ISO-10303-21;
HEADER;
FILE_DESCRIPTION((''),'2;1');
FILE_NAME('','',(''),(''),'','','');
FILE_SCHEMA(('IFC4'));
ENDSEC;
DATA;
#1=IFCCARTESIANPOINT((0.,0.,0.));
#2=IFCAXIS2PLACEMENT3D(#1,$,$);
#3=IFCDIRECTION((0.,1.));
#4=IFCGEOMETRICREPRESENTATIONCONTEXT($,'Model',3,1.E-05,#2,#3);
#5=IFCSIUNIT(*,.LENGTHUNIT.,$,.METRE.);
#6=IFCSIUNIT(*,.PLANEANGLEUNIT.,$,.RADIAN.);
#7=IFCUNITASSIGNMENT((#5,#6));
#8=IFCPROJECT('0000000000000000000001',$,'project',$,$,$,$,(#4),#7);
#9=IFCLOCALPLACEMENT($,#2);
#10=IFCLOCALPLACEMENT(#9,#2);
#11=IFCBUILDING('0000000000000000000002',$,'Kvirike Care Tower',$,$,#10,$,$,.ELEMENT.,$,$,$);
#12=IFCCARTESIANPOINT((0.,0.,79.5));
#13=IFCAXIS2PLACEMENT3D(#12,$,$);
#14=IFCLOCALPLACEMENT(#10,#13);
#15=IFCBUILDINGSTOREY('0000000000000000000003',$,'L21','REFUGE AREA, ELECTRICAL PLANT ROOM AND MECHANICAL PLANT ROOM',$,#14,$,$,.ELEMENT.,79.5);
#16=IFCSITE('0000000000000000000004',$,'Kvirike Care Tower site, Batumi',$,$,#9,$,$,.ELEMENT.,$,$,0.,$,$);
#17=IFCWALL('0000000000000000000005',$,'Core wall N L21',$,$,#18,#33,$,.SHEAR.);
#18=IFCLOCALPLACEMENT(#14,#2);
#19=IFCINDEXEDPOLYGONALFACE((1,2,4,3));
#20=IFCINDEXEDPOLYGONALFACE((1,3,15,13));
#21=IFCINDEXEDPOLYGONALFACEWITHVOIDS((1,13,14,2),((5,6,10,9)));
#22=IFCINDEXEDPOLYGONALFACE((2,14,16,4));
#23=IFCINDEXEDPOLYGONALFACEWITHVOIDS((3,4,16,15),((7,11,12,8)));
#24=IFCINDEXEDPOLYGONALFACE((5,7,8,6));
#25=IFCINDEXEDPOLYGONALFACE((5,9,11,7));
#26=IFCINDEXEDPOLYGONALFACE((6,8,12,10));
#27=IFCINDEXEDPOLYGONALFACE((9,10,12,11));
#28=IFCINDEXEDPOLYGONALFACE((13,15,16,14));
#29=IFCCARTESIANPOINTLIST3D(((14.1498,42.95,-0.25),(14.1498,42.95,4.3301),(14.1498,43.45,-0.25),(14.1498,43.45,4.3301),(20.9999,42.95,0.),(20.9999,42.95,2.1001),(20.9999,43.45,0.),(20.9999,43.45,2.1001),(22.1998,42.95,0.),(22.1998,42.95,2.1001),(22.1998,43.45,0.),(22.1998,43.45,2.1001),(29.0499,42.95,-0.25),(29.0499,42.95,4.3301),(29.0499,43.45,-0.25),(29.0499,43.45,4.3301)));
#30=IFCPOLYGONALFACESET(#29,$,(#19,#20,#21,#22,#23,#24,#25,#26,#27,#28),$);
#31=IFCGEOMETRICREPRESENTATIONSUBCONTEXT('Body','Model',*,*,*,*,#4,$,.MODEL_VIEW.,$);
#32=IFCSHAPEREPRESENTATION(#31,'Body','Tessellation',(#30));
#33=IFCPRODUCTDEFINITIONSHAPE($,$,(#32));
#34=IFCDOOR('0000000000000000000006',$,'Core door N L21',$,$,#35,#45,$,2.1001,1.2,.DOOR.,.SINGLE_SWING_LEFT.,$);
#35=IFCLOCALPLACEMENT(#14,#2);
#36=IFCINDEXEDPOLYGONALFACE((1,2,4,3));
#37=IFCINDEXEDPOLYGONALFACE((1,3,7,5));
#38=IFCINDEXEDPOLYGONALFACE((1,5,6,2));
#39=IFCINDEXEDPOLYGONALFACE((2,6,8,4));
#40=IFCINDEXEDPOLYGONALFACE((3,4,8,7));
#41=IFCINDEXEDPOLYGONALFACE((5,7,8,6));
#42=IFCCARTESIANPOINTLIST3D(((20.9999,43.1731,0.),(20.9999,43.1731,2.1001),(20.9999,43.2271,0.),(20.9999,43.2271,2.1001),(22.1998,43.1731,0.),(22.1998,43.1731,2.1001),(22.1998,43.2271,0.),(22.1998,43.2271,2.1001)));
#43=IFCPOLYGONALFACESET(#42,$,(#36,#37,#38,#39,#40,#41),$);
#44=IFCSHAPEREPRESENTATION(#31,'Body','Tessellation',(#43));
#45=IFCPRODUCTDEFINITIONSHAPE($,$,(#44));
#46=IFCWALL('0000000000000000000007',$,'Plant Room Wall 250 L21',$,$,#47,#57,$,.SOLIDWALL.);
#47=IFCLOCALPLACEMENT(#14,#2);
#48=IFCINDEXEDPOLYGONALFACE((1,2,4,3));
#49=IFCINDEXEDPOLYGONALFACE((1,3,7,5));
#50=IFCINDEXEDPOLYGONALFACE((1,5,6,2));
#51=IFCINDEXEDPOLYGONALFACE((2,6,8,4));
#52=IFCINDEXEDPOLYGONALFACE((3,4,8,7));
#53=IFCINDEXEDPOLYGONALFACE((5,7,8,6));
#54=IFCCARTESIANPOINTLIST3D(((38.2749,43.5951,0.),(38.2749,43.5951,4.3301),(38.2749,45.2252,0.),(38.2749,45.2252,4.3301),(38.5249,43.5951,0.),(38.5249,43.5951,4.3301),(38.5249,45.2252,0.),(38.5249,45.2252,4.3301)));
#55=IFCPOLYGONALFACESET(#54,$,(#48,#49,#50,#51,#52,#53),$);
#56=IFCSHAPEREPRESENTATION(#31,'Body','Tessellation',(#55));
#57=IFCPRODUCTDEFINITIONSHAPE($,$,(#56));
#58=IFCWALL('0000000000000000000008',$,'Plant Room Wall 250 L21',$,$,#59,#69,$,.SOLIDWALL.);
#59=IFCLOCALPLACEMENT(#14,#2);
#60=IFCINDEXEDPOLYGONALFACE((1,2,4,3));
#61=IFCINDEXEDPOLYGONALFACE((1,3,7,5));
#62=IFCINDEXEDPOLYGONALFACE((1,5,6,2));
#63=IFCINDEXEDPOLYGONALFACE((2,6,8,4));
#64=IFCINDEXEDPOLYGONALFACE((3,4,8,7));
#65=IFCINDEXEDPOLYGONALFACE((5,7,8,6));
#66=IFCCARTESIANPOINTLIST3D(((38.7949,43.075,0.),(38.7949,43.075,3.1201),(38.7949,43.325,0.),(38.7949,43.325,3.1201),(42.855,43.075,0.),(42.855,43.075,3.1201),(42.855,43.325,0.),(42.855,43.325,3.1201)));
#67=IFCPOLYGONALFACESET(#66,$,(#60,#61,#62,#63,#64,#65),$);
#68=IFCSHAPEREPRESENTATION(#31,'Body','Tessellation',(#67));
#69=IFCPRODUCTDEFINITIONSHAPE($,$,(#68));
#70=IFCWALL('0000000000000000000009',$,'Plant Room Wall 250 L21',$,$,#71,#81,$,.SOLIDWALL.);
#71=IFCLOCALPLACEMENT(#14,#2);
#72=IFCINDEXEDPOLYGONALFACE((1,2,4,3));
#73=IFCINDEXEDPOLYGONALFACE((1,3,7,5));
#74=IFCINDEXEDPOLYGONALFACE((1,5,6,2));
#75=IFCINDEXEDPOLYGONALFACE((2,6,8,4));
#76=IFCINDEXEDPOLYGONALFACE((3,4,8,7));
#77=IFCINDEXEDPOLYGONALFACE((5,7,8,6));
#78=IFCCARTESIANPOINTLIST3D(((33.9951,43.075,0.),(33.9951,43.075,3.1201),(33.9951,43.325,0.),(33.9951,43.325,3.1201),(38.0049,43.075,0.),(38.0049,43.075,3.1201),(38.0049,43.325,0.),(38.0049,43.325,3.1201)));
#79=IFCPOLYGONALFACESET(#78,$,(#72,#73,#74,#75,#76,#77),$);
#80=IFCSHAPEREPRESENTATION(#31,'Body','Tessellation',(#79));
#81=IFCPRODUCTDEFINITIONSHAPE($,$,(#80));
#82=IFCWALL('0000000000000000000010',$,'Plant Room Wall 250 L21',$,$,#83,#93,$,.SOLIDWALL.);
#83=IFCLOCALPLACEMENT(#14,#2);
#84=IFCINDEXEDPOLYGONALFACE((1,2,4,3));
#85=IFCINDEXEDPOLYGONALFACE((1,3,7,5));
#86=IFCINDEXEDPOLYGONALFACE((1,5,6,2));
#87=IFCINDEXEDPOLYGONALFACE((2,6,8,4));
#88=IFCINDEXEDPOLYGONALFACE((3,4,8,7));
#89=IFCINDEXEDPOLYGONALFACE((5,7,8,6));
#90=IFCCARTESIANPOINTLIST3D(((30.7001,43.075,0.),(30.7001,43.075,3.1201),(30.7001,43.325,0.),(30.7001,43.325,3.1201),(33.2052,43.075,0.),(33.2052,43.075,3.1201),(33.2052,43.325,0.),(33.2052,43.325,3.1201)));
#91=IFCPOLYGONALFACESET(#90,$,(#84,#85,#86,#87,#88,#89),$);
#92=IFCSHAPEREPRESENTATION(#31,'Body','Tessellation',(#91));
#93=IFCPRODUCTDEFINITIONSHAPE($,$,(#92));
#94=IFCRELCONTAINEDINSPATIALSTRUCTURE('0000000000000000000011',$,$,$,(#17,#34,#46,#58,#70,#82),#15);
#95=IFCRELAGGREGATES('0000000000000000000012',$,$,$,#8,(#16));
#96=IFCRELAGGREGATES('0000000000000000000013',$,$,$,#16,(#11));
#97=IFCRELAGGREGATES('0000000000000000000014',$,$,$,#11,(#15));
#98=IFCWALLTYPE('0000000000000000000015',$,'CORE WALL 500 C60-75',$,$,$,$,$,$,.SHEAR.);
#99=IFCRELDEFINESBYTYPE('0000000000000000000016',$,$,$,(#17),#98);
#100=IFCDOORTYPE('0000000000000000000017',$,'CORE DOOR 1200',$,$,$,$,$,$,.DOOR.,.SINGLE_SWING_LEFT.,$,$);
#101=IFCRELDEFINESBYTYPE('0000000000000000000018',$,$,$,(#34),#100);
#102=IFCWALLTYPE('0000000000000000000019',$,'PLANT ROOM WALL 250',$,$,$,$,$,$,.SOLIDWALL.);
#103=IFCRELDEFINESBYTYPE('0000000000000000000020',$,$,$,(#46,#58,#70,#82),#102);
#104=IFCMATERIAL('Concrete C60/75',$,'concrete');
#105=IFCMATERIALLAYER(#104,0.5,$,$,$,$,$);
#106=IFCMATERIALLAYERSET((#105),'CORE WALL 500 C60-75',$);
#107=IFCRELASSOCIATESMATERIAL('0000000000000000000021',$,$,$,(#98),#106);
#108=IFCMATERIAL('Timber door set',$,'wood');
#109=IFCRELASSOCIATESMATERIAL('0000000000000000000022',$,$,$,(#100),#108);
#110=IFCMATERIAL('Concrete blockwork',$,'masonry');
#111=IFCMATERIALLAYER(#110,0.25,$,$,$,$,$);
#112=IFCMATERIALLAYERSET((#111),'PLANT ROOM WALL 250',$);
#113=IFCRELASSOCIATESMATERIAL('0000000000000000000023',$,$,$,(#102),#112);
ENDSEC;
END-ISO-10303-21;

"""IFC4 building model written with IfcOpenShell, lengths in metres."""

from ifc_helpers import new_model, si_unit, direction, frame, frame_2d, origin, place, context, subcontext, project, spatial, rectangle, extrude, material, layer, layer_set, type_object, element, fill, save


model = new_model("IFC4")

# Units and contexts
model_context = context("Model", 3, precision=1e-05, world=origin(), true_north=direction((0.0, 1.0)))
body_context = subcontext(model_context, "Body", "Model", "MODEL_VIEW")
ifc_project = project(units=[si_unit("LENGTHUNIT", "METRE"), si_unit("PLANEANGLEUNIT", "RADIAN")], contexts=[model_context])

# Site, building, storey
site_placement = place(None, origin())
site = spatial("IfcSite", under=ifc_project, at=site_placement, Name="Kvirike Care Tower site, Batumi", CompositionType="ELEMENT", RefElevation=0.0)
building_placement = place(site_placement, origin())
building = spatial("IfcBuilding", under=site, at=building_placement, Name="Kvirike Care Tower", CompositionType="ELEMENT")
storey_placement = place(building_placement, frame((0.0, 0.0, 79.5)))
storey = spatial("IfcBuildingStorey", under=building, at=storey_placement, Name="L21", Description="REFUGE AREA, ELECTRICAL PLANT ROOM AND MECHANICAL PLANT ROOM", CompositionType="ELEMENT", Elevation=79.5)

# Wall, opening, door
ifc_material_1 = material(Name="Concrete C60/75", Category="concrete")
ifc_layer_1 = layer(ifc_material_1, 0.5)
ifc_layer_set_1 = layer_set([ifc_layer_1], Name="CORE WALL 500 C60-75")
wall_type_1 = type_object("IfcWallType", Name="CORE WALL 500 C60-75", PredefinedType="SHEAR", material=ifc_layer_set_1)
wall_1_placement = place(storey_placement, frame((29.05, 43.2, -0.25), z_axis=(0.0, 0.0, 1.0), x_axis=(-1.0, 0.0, 0.0)))
wall_1 = element("IfcWall", 1, at=wall_1_placement, inside=storey, type_object=wall_type_1, Name="Core wall N L21", PredefinedType="SHEAR", context=body_context, shape_type="SweptSolid", body=[
    extrude(rectangle(XDim=14.9001, YDim=0.5, at=frame_2d((7.4502, 0.0))), origin(), (0.0, 0.0, 1.0), 4.5801),
])
opening_1_placement = place(wall_1_placement, frame((6.8501, 0.0, 0.25)))
opening_1 = element("IfcOpeningElement", 2, at=opening_1_placement, cuts=wall_1, PredefinedType="OPENING", context=body_context, shape_type="SweptSolid", body=[
    extrude(rectangle(XDim=1.2, YDim=2.1001, at=frame_2d((0.6001, 1.05))), frame((0.0, 0.2605, 0.0), z_axis=(0.0, -1.0, 0.0), x_axis=(1.0, 0.0, 0.0)), (0.0, 0.0, 1.0), 0.521),
])
ifc_material_2 = material(Name="Timber door set", Category="wood")
door_type_1 = type_object("IfcDoorType", Name="CORE DOOR 1200", OperationType="SINGLE_SWING_LEFT", PredefinedType="DOOR", material=ifc_material_2)
door_1_placement = place(opening_1_placement, origin())
door_1 = element("IfcDoor", 3, at=door_1_placement, inside=storey, type_object=door_type_1, Name="Core door N L21", OperationType="SINGLE_SWING_LEFT", OverallHeight=2.1001, OverallWidth=1.2, PredefinedType="DOOR", context=body_context, shape_type="SweptSolid", body=[
    extrude(rectangle(XDim=1.2, YDim=2.1001, at=frame_2d((0.6001, 1.05))), frame((0.0, 0.0269, 0.0), z_axis=(0.0, -1.0, 0.0), x_axis=(1.0, 0.0, 0.0)), (0.0, 0.0, 1.0), 0.054),
])
fill(opening_1, door_1)
ifc_material_3 = material(Name="Concrete blockwork", Category="masonry")
ifc_layer_2 = layer(ifc_material_3, 0.25)
ifc_layer_set_2 = layer_set([ifc_layer_2], Name="PLANT ROOM WALL 250")
wall_type_2 = type_object("IfcWallType", Name="PLANT ROOM WALL 250", PredefinedType="SOLIDWALL", material=ifc_layer_set_2)

# Walls
wall_2_placement = place(storey_placement, frame((38.3999, 45.2251, 0.0), z_axis=(0.0, 0.0, 1.0), x_axis=(0.0, -1.0, 0.0)))
element("IfcWall", 4, at=wall_2_placement, inside=storey, type_object=wall_type_2, Name="Plant Room Wall 250 L21", PredefinedType="SOLIDWALL", context=body_context, shape_type="SweptSolid", body=[
    extrude(rectangle(XDim=1.6301, YDim=0.25, at=frame_2d((0.8149, 0.0))), origin(), (0.0, 0.0, 1.0), 4.3301),
])
wall_3_placement = place(storey_placement, frame((42.855, 43.2, 0.0), z_axis=(0.0, 0.0, 1.0), x_axis=(-1.0, 0.0, 0.0)))
element("IfcWall", 5, at=wall_3_placement, inside=storey, type_object=wall_type_2, Name="Plant Room Wall 250 L21", PredefinedType="SOLIDWALL", context=body_context, shape_type="SweptSolid", body=[
    extrude(rectangle(XDim=4.0601, YDim=0.25, at=frame_2d((2.03, 0.0))), origin(), (0.0, 0.0, 1.0), 3.1201),
])
wall_4_placement = place(storey_placement, frame((38.0049, 43.2, 0.0), z_axis=(0.0, 0.0, 1.0), x_axis=(-1.0, 0.0, 0.0)))
element("IfcWall", 6, at=wall_4_placement, inside=storey, type_object=wall_type_2, Name="Plant Room Wall 250 L21", PredefinedType="SOLIDWALL", context=body_context, shape_type="SweptSolid", body=[
    extrude(rectangle(XDim=4.0098, YDim=0.25, at=frame_2d((2.0049, 0.0))), origin(), (0.0, 0.0, 1.0), 3.1201),
])
wall_5_placement = place(storey_placement, frame((33.2051, 43.2, 0.0), z_axis=(0.0, 0.0, 1.0), x_axis=(-1.0, 0.0, 0.0)))
element("IfcWall", 7, at=wall_5_placement, inside=storey, type_object=wall_type_2, Name="Plant Room Wall 250 L21", PredefinedType="SOLIDWALL", context=body_context, shape_type="SweptSolid", body=[
    extrude(rectangle(XDim=2.5051, YDim=0.25, at=frame_2d((1.2524, 0.0))), origin(), (0.0, 0.0, 1.0), 3.1201),
])

save(model, "model.ifc")
